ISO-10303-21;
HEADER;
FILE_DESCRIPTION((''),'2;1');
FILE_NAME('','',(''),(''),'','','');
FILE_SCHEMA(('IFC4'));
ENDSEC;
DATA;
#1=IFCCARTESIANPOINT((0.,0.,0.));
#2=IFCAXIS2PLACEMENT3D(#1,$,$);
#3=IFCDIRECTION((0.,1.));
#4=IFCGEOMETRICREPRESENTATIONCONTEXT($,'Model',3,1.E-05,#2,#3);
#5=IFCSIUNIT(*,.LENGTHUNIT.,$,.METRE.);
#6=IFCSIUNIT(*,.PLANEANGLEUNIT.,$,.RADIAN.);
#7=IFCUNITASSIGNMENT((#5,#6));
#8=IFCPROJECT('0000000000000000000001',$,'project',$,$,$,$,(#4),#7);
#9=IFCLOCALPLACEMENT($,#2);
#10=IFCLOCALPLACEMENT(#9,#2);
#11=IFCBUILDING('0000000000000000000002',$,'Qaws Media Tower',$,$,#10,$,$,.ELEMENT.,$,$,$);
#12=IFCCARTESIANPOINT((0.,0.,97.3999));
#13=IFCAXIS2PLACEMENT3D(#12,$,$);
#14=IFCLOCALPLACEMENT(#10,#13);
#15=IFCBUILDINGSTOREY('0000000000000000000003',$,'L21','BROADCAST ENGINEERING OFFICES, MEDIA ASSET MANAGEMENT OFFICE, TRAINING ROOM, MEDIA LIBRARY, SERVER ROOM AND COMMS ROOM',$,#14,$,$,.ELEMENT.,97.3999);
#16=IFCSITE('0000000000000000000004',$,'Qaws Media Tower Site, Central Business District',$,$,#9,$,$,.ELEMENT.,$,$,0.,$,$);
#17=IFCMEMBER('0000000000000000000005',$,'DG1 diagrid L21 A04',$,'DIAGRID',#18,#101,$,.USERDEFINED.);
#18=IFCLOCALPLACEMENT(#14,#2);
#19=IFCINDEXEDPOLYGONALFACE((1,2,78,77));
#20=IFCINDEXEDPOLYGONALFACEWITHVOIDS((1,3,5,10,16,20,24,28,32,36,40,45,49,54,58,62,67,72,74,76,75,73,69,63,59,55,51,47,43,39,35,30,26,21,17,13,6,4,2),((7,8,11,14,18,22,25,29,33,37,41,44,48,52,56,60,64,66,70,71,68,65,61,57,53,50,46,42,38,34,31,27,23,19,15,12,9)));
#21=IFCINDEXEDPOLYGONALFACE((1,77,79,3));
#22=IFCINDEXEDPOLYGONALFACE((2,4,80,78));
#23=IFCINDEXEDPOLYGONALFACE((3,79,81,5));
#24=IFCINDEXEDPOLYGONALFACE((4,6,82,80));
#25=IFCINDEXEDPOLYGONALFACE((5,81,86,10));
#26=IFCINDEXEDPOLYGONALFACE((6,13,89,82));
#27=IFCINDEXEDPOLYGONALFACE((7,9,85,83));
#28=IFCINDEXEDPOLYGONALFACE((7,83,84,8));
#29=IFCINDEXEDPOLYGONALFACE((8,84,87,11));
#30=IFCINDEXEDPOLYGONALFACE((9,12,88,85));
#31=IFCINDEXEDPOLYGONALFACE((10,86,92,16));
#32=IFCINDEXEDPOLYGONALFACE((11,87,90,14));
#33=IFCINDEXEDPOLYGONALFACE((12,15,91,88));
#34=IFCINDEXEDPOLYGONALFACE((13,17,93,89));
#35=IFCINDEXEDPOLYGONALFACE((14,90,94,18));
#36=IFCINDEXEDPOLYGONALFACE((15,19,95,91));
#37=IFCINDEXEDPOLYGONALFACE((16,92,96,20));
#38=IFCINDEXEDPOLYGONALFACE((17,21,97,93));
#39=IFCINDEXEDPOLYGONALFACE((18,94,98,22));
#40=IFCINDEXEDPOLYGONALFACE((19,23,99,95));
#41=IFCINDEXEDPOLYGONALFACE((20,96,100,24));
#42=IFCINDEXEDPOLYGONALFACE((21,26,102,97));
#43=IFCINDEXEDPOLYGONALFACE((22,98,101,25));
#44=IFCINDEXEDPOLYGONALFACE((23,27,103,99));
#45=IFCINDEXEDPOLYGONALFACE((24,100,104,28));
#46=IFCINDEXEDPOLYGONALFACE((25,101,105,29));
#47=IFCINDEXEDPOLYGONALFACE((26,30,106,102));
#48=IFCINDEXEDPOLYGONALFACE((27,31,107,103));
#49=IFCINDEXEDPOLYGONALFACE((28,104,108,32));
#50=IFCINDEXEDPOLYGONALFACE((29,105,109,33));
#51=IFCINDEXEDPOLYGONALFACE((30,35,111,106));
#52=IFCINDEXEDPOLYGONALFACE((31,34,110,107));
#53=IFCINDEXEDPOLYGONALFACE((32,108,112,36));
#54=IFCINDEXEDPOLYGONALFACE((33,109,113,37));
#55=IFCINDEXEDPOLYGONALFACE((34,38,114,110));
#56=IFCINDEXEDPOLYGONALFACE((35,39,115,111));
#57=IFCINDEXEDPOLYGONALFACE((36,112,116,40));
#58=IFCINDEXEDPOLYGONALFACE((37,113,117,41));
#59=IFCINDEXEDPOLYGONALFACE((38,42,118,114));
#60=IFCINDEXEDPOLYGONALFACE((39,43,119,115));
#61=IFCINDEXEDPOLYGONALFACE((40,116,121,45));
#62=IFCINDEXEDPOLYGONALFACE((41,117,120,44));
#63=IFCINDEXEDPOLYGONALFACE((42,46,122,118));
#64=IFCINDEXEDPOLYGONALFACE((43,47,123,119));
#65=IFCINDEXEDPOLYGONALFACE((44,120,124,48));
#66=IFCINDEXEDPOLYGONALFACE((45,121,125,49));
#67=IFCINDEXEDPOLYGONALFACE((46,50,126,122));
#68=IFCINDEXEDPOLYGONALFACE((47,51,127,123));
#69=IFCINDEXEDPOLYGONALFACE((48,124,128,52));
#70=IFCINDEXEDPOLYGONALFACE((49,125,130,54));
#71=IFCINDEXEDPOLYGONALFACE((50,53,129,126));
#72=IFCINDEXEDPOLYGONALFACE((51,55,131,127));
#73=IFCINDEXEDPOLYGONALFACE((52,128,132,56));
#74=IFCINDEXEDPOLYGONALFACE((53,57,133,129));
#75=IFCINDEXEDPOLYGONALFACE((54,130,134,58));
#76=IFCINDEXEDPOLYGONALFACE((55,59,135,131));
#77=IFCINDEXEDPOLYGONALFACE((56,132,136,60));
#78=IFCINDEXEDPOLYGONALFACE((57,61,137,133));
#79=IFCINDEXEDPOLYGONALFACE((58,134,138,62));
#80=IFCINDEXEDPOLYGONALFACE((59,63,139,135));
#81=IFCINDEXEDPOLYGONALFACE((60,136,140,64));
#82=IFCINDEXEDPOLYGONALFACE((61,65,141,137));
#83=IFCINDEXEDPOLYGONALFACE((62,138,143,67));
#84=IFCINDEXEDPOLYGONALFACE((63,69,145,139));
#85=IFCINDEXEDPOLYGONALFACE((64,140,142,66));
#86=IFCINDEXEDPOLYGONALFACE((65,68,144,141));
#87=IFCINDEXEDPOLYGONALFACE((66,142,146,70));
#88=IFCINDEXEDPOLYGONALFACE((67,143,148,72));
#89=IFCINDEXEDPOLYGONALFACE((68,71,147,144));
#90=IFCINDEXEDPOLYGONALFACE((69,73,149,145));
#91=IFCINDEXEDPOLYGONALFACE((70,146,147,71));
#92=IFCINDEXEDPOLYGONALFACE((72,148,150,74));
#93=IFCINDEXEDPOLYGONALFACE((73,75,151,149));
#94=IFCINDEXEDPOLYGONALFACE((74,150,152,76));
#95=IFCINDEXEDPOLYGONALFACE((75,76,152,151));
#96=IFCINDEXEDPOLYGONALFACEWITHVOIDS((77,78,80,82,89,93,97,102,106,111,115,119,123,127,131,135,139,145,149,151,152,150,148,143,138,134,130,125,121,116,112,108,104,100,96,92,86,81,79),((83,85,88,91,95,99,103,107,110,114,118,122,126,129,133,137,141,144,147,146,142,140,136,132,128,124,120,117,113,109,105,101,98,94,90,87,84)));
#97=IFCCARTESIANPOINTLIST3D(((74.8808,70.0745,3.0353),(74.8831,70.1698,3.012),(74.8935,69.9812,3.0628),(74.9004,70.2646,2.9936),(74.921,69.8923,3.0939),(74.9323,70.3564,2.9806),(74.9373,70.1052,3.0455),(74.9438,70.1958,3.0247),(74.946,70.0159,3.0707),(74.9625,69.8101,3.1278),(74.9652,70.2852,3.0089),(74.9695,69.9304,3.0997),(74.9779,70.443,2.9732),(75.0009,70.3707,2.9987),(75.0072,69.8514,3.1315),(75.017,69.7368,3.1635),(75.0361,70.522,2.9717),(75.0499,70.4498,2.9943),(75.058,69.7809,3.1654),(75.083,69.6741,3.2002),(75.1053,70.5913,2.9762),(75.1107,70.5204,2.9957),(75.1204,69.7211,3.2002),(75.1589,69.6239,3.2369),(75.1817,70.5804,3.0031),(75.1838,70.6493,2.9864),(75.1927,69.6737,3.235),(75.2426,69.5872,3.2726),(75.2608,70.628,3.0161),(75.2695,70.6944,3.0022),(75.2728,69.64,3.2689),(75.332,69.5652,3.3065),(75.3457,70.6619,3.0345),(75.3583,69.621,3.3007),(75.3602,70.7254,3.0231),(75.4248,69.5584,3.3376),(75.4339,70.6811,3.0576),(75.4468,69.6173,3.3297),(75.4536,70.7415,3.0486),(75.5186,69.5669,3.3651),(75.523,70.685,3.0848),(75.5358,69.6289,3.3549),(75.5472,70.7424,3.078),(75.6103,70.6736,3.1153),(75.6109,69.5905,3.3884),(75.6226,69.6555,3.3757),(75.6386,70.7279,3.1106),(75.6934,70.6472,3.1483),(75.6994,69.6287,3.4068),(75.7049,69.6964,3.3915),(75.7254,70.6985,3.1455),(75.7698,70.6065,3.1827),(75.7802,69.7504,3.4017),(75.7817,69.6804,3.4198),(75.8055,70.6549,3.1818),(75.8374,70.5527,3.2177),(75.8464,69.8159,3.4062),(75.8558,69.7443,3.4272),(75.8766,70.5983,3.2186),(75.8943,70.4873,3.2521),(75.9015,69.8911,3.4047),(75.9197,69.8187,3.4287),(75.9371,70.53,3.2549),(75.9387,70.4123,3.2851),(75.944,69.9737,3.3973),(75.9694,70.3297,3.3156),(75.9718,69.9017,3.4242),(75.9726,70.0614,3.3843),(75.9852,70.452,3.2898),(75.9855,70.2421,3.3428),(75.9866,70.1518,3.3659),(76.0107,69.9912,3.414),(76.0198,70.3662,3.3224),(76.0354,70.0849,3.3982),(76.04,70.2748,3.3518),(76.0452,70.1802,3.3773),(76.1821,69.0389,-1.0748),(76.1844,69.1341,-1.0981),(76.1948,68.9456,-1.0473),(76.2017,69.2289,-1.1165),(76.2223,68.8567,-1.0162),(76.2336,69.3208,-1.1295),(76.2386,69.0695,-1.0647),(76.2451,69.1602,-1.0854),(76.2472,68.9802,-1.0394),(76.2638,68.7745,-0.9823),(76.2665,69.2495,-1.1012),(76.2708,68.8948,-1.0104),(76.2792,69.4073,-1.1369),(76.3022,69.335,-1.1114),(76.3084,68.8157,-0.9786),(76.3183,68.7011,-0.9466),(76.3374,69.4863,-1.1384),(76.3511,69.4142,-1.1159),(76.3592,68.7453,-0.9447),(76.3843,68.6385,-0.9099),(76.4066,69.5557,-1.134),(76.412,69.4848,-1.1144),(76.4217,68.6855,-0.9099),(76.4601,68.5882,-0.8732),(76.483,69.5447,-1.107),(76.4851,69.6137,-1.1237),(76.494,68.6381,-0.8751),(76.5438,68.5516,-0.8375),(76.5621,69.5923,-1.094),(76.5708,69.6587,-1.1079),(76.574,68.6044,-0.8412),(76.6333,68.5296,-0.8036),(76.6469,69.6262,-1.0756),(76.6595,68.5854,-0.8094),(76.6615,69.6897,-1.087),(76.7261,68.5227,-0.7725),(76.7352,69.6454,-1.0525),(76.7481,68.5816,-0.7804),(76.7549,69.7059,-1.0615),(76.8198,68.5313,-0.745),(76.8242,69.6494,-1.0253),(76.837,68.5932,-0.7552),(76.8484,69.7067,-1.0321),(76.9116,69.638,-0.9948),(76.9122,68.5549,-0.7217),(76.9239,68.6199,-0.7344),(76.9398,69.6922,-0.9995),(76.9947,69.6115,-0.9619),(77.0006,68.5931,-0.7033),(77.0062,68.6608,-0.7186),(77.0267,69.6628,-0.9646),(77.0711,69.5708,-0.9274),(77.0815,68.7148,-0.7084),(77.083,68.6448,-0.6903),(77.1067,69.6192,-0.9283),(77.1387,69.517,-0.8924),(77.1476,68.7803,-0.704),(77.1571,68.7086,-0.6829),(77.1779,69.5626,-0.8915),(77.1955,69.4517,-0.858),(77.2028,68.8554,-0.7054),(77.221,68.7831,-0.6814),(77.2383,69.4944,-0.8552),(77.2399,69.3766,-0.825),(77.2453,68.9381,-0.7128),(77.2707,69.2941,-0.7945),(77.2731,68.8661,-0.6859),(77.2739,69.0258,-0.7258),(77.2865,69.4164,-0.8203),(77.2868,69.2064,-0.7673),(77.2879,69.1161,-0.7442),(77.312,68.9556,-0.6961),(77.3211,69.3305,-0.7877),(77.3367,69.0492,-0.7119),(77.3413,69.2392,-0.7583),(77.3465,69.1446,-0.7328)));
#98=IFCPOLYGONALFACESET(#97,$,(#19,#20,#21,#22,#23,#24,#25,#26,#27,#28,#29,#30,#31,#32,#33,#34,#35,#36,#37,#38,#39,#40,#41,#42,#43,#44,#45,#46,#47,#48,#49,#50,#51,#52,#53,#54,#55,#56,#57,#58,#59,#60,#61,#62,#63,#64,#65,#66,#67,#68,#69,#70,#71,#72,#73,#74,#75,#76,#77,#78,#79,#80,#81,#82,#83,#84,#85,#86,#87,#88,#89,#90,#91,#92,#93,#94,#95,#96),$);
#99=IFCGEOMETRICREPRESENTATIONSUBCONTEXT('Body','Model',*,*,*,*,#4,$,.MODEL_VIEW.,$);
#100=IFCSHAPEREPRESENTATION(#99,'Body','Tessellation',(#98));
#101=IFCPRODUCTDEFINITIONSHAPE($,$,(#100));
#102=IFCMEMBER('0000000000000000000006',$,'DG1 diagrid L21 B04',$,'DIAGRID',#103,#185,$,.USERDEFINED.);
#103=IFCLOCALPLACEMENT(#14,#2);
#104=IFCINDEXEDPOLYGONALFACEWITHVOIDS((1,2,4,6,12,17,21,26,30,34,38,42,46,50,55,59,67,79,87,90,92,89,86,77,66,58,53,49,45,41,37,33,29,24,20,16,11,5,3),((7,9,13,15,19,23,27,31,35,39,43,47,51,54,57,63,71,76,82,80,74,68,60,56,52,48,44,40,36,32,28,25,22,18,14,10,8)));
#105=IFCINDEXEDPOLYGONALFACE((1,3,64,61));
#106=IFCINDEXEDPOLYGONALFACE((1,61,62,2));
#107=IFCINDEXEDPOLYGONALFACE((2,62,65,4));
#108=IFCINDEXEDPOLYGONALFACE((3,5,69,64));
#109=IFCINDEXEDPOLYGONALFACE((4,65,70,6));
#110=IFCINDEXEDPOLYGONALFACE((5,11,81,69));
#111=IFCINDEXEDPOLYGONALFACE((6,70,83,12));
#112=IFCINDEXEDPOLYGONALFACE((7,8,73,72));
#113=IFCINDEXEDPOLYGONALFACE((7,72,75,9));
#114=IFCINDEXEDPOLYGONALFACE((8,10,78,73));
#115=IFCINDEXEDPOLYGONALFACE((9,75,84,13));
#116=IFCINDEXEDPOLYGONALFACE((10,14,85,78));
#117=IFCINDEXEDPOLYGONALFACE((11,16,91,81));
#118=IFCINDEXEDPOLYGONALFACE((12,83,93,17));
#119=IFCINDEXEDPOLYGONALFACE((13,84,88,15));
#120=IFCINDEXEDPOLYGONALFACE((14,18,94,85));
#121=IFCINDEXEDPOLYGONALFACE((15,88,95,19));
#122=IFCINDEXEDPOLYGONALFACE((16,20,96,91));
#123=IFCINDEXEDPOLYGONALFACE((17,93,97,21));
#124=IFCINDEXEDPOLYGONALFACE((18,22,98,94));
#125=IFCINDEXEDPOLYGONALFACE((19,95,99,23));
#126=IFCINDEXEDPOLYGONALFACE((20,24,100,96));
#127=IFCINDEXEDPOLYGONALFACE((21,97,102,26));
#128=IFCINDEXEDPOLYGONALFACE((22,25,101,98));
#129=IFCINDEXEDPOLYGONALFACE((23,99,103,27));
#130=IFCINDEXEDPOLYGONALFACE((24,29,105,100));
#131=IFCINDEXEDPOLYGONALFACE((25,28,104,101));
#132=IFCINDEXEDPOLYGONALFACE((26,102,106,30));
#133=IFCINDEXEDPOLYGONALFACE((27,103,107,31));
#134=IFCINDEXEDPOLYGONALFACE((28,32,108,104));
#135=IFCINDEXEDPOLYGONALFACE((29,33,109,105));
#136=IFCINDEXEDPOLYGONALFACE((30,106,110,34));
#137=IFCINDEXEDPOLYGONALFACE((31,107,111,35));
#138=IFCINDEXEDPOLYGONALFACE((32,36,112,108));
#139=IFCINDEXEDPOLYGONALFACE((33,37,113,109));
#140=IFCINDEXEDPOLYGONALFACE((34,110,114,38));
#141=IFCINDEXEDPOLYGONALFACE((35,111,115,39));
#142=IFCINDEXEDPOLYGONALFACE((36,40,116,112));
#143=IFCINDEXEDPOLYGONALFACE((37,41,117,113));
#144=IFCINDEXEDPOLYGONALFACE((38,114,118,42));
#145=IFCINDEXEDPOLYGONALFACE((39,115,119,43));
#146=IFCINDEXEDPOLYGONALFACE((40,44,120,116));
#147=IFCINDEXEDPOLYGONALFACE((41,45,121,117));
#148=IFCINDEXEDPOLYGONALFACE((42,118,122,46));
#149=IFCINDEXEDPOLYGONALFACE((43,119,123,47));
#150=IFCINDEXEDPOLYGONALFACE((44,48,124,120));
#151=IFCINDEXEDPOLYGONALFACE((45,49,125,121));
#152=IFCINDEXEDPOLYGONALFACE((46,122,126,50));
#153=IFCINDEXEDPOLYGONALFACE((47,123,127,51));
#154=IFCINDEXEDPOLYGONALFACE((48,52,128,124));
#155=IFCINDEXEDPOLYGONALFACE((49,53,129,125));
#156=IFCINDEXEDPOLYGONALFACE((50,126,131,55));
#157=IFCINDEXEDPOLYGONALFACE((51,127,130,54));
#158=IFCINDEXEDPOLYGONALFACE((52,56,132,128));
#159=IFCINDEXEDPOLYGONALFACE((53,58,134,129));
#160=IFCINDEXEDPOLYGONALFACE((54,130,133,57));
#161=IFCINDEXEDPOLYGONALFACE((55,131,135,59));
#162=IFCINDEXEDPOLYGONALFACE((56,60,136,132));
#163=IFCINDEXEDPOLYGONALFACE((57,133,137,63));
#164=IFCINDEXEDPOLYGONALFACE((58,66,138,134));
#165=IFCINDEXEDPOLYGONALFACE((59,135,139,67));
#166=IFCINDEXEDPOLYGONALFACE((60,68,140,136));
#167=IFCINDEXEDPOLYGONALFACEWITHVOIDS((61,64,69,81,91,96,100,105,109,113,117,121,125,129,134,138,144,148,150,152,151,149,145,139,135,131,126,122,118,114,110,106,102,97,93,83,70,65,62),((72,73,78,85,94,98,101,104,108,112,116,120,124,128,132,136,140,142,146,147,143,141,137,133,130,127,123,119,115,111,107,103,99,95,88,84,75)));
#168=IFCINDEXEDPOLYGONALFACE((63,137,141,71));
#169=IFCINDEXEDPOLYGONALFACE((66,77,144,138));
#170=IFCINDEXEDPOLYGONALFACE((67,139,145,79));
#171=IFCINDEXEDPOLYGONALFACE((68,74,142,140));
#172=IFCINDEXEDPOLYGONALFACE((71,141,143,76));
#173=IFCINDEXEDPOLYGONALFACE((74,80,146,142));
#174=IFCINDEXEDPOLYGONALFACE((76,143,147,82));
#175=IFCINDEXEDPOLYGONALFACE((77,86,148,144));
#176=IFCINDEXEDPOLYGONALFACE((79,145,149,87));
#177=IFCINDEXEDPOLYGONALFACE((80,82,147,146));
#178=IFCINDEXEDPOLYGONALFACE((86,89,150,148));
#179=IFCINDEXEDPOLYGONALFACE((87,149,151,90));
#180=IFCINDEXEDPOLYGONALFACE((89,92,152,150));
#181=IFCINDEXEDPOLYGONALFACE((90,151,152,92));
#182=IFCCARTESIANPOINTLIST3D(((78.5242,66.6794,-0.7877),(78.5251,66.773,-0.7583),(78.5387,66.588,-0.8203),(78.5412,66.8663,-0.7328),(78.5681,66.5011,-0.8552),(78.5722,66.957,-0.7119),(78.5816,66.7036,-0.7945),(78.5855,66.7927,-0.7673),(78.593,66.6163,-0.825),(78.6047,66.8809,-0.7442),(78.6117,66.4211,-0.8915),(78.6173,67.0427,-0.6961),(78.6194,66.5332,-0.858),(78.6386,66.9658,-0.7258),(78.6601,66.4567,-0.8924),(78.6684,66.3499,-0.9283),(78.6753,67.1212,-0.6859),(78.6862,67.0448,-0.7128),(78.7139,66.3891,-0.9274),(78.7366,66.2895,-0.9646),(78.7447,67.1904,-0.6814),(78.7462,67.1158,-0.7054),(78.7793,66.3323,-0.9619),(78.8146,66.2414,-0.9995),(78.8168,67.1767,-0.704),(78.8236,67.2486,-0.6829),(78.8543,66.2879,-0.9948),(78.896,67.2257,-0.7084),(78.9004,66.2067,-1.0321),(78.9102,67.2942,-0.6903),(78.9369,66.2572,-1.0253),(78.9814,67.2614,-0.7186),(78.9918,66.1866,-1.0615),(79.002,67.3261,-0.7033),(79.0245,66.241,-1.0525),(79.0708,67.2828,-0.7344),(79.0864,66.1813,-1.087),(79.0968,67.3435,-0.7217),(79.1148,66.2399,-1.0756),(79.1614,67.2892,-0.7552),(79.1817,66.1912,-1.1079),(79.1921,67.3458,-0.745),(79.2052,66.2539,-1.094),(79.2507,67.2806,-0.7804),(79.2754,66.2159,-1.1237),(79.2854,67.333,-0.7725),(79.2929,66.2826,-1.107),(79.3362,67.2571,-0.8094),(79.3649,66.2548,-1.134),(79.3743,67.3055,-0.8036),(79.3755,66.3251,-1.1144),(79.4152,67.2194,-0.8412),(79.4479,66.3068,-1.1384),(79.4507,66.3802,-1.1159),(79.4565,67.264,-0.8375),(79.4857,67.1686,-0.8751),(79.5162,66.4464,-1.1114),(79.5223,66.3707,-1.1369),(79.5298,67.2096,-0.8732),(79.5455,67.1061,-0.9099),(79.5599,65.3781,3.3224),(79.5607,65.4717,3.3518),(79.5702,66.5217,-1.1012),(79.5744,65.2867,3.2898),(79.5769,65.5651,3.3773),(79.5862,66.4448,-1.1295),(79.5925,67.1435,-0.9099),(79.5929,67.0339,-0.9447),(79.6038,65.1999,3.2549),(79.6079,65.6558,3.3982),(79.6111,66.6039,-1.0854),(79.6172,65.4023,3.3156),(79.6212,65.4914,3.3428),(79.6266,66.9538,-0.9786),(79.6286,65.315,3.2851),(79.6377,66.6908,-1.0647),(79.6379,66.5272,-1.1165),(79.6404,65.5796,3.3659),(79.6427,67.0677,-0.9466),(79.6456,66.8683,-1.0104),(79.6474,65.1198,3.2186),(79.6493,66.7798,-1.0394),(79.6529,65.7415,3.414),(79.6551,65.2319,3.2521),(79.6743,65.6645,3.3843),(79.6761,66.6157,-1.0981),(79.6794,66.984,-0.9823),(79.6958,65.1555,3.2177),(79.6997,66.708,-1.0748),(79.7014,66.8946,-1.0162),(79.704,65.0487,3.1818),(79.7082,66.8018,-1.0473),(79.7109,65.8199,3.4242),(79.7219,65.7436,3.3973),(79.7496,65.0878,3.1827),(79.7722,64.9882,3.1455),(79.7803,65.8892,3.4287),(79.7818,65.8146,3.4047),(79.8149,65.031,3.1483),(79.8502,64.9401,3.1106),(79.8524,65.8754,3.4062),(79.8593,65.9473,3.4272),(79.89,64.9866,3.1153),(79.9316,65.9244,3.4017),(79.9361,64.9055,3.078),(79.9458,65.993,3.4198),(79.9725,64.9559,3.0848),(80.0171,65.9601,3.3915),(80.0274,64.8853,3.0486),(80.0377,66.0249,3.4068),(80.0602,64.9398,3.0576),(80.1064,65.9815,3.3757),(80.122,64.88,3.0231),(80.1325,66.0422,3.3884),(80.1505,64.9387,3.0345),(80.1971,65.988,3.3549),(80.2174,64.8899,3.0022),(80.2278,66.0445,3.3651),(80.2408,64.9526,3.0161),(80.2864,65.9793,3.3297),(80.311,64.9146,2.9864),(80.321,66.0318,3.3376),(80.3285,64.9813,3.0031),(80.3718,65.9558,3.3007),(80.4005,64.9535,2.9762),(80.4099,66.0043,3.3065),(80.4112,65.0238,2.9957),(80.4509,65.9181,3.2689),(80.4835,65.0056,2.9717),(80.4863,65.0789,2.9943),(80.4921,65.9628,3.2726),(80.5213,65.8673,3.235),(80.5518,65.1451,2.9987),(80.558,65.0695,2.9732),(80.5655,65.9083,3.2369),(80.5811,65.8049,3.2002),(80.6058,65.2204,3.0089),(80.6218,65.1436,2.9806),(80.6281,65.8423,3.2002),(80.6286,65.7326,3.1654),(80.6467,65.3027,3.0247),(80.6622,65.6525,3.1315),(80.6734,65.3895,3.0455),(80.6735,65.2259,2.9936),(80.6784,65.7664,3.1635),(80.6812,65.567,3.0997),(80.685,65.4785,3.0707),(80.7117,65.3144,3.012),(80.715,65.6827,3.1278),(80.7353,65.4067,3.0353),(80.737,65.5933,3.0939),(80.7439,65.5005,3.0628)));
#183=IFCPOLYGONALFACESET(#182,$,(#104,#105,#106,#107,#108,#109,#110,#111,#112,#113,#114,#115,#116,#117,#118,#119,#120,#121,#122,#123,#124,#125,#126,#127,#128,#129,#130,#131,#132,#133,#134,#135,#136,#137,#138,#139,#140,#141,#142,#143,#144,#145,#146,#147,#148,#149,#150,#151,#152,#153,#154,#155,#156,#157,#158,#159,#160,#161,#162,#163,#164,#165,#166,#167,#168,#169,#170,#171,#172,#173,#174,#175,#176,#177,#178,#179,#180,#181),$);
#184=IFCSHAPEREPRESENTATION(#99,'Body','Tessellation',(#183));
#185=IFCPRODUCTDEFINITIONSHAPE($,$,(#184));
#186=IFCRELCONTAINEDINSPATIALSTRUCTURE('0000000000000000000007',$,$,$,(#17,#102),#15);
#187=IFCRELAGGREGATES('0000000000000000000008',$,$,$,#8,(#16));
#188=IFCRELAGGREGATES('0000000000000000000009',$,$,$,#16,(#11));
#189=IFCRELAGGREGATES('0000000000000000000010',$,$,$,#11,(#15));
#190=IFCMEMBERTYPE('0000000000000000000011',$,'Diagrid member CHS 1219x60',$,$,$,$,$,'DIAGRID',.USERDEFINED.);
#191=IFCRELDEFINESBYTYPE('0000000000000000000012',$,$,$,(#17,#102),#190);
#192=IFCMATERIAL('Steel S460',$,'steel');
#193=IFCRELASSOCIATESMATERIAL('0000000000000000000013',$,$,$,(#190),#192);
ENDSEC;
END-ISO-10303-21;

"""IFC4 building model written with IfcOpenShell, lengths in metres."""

from ifc_helpers import new_model, si_unit, direction, frame, origin, origin_2d, place, context, subcontext, project, spatial, hollow_circle, extrude, material, material_profile, profile_set, type_object, element, save


model = new_model("IFC4")

# Units and contexts
model_context = context("Model", 3, precision=1e-05, world=origin(), true_north=direction((0.0, 1.0)))
body_context = subcontext(model_context, "Body", "Model", "MODEL_VIEW")
ifc_project = project(units=[si_unit("LENGTHUNIT", "METRE"), si_unit("PLANEANGLEUNIT", "RADIAN")], contexts=[model_context])

# Site, building, storey
site_placement = place(None, origin())
site = spatial("IfcSite", under=ifc_project, at=site_placement, Name="Qaws Media Tower Site, Central Business District", CompositionType="ELEMENT", RefElevation=0.0)
building_placement = place(site_placement, origin())
building = spatial("IfcBuilding", under=site, at=building_placement, Name="Qaws Media Tower", CompositionType="ELEMENT")
storey_placement = place(building_placement, frame((0.0, 0.0, 97.3999)))
storey = spatial("IfcBuildingStorey", under=building, at=storey_placement, Name="L21", Description="BROADCAST ENGINEERING OFFICES, MEDIA ASSET MANAGEMENT OFFICE, TRAINING ROOM, MEDIA LIBRARY, SERVER ROOM AND COMMS ROOM", CompositionType="ELEMENT", Elevation=97.3999)

# Members
ifc_material_1 = material(Name="Steel S460", Category="steel")
ifc_material_profile_1 = material_profile(ifc_material_1, hollow_circle(Radius=0.6096, WallThickness=0.0601, at=origin_2d()), Name="CHS 1219x60")
ifc_profile_set_1 = profile_set([ifc_material_profile_1], Name="Steel S460")
member_type_1 = type_object("IfcMemberType", Name="Diagrid member CHS 1219x60", ElementType="DIAGRID", PredefinedType="USERDEFINED", material=ifc_profile_set_1)
for number, where, z_axis, x_axis, name in (
    (1, (76.7639, 69.1155, -0.9099), (-0.293487, 0.233578, 0.926988), (-0.622724, -0.782442, 0.0), "DG1 diagrid L21 A04"),
    (2, (79.1155, 66.7639, -0.9099), (0.233578, -0.293487, 0.926988), (0.782442, 0.622724, 0.0), "DG1 diagrid L21 B04"),
):
    element("IfcMember", number, at=place(storey_placement, frame(where, z_axis=z_axis, x_axis=x_axis)), inside=storey, type_object=member_type_1, Name=name, ObjectType="DIAGRID", PredefinedType="USERDEFINED", context=body_context, shape_type="SweptSolid", body=[
        extrude(hollow_circle(Radius=0.6096, WallThickness=0.0601, at=origin_2d()), origin(), (0.0, 0.0, 1.0), 4.4338),
    ])

save(model, "model.ifc")
